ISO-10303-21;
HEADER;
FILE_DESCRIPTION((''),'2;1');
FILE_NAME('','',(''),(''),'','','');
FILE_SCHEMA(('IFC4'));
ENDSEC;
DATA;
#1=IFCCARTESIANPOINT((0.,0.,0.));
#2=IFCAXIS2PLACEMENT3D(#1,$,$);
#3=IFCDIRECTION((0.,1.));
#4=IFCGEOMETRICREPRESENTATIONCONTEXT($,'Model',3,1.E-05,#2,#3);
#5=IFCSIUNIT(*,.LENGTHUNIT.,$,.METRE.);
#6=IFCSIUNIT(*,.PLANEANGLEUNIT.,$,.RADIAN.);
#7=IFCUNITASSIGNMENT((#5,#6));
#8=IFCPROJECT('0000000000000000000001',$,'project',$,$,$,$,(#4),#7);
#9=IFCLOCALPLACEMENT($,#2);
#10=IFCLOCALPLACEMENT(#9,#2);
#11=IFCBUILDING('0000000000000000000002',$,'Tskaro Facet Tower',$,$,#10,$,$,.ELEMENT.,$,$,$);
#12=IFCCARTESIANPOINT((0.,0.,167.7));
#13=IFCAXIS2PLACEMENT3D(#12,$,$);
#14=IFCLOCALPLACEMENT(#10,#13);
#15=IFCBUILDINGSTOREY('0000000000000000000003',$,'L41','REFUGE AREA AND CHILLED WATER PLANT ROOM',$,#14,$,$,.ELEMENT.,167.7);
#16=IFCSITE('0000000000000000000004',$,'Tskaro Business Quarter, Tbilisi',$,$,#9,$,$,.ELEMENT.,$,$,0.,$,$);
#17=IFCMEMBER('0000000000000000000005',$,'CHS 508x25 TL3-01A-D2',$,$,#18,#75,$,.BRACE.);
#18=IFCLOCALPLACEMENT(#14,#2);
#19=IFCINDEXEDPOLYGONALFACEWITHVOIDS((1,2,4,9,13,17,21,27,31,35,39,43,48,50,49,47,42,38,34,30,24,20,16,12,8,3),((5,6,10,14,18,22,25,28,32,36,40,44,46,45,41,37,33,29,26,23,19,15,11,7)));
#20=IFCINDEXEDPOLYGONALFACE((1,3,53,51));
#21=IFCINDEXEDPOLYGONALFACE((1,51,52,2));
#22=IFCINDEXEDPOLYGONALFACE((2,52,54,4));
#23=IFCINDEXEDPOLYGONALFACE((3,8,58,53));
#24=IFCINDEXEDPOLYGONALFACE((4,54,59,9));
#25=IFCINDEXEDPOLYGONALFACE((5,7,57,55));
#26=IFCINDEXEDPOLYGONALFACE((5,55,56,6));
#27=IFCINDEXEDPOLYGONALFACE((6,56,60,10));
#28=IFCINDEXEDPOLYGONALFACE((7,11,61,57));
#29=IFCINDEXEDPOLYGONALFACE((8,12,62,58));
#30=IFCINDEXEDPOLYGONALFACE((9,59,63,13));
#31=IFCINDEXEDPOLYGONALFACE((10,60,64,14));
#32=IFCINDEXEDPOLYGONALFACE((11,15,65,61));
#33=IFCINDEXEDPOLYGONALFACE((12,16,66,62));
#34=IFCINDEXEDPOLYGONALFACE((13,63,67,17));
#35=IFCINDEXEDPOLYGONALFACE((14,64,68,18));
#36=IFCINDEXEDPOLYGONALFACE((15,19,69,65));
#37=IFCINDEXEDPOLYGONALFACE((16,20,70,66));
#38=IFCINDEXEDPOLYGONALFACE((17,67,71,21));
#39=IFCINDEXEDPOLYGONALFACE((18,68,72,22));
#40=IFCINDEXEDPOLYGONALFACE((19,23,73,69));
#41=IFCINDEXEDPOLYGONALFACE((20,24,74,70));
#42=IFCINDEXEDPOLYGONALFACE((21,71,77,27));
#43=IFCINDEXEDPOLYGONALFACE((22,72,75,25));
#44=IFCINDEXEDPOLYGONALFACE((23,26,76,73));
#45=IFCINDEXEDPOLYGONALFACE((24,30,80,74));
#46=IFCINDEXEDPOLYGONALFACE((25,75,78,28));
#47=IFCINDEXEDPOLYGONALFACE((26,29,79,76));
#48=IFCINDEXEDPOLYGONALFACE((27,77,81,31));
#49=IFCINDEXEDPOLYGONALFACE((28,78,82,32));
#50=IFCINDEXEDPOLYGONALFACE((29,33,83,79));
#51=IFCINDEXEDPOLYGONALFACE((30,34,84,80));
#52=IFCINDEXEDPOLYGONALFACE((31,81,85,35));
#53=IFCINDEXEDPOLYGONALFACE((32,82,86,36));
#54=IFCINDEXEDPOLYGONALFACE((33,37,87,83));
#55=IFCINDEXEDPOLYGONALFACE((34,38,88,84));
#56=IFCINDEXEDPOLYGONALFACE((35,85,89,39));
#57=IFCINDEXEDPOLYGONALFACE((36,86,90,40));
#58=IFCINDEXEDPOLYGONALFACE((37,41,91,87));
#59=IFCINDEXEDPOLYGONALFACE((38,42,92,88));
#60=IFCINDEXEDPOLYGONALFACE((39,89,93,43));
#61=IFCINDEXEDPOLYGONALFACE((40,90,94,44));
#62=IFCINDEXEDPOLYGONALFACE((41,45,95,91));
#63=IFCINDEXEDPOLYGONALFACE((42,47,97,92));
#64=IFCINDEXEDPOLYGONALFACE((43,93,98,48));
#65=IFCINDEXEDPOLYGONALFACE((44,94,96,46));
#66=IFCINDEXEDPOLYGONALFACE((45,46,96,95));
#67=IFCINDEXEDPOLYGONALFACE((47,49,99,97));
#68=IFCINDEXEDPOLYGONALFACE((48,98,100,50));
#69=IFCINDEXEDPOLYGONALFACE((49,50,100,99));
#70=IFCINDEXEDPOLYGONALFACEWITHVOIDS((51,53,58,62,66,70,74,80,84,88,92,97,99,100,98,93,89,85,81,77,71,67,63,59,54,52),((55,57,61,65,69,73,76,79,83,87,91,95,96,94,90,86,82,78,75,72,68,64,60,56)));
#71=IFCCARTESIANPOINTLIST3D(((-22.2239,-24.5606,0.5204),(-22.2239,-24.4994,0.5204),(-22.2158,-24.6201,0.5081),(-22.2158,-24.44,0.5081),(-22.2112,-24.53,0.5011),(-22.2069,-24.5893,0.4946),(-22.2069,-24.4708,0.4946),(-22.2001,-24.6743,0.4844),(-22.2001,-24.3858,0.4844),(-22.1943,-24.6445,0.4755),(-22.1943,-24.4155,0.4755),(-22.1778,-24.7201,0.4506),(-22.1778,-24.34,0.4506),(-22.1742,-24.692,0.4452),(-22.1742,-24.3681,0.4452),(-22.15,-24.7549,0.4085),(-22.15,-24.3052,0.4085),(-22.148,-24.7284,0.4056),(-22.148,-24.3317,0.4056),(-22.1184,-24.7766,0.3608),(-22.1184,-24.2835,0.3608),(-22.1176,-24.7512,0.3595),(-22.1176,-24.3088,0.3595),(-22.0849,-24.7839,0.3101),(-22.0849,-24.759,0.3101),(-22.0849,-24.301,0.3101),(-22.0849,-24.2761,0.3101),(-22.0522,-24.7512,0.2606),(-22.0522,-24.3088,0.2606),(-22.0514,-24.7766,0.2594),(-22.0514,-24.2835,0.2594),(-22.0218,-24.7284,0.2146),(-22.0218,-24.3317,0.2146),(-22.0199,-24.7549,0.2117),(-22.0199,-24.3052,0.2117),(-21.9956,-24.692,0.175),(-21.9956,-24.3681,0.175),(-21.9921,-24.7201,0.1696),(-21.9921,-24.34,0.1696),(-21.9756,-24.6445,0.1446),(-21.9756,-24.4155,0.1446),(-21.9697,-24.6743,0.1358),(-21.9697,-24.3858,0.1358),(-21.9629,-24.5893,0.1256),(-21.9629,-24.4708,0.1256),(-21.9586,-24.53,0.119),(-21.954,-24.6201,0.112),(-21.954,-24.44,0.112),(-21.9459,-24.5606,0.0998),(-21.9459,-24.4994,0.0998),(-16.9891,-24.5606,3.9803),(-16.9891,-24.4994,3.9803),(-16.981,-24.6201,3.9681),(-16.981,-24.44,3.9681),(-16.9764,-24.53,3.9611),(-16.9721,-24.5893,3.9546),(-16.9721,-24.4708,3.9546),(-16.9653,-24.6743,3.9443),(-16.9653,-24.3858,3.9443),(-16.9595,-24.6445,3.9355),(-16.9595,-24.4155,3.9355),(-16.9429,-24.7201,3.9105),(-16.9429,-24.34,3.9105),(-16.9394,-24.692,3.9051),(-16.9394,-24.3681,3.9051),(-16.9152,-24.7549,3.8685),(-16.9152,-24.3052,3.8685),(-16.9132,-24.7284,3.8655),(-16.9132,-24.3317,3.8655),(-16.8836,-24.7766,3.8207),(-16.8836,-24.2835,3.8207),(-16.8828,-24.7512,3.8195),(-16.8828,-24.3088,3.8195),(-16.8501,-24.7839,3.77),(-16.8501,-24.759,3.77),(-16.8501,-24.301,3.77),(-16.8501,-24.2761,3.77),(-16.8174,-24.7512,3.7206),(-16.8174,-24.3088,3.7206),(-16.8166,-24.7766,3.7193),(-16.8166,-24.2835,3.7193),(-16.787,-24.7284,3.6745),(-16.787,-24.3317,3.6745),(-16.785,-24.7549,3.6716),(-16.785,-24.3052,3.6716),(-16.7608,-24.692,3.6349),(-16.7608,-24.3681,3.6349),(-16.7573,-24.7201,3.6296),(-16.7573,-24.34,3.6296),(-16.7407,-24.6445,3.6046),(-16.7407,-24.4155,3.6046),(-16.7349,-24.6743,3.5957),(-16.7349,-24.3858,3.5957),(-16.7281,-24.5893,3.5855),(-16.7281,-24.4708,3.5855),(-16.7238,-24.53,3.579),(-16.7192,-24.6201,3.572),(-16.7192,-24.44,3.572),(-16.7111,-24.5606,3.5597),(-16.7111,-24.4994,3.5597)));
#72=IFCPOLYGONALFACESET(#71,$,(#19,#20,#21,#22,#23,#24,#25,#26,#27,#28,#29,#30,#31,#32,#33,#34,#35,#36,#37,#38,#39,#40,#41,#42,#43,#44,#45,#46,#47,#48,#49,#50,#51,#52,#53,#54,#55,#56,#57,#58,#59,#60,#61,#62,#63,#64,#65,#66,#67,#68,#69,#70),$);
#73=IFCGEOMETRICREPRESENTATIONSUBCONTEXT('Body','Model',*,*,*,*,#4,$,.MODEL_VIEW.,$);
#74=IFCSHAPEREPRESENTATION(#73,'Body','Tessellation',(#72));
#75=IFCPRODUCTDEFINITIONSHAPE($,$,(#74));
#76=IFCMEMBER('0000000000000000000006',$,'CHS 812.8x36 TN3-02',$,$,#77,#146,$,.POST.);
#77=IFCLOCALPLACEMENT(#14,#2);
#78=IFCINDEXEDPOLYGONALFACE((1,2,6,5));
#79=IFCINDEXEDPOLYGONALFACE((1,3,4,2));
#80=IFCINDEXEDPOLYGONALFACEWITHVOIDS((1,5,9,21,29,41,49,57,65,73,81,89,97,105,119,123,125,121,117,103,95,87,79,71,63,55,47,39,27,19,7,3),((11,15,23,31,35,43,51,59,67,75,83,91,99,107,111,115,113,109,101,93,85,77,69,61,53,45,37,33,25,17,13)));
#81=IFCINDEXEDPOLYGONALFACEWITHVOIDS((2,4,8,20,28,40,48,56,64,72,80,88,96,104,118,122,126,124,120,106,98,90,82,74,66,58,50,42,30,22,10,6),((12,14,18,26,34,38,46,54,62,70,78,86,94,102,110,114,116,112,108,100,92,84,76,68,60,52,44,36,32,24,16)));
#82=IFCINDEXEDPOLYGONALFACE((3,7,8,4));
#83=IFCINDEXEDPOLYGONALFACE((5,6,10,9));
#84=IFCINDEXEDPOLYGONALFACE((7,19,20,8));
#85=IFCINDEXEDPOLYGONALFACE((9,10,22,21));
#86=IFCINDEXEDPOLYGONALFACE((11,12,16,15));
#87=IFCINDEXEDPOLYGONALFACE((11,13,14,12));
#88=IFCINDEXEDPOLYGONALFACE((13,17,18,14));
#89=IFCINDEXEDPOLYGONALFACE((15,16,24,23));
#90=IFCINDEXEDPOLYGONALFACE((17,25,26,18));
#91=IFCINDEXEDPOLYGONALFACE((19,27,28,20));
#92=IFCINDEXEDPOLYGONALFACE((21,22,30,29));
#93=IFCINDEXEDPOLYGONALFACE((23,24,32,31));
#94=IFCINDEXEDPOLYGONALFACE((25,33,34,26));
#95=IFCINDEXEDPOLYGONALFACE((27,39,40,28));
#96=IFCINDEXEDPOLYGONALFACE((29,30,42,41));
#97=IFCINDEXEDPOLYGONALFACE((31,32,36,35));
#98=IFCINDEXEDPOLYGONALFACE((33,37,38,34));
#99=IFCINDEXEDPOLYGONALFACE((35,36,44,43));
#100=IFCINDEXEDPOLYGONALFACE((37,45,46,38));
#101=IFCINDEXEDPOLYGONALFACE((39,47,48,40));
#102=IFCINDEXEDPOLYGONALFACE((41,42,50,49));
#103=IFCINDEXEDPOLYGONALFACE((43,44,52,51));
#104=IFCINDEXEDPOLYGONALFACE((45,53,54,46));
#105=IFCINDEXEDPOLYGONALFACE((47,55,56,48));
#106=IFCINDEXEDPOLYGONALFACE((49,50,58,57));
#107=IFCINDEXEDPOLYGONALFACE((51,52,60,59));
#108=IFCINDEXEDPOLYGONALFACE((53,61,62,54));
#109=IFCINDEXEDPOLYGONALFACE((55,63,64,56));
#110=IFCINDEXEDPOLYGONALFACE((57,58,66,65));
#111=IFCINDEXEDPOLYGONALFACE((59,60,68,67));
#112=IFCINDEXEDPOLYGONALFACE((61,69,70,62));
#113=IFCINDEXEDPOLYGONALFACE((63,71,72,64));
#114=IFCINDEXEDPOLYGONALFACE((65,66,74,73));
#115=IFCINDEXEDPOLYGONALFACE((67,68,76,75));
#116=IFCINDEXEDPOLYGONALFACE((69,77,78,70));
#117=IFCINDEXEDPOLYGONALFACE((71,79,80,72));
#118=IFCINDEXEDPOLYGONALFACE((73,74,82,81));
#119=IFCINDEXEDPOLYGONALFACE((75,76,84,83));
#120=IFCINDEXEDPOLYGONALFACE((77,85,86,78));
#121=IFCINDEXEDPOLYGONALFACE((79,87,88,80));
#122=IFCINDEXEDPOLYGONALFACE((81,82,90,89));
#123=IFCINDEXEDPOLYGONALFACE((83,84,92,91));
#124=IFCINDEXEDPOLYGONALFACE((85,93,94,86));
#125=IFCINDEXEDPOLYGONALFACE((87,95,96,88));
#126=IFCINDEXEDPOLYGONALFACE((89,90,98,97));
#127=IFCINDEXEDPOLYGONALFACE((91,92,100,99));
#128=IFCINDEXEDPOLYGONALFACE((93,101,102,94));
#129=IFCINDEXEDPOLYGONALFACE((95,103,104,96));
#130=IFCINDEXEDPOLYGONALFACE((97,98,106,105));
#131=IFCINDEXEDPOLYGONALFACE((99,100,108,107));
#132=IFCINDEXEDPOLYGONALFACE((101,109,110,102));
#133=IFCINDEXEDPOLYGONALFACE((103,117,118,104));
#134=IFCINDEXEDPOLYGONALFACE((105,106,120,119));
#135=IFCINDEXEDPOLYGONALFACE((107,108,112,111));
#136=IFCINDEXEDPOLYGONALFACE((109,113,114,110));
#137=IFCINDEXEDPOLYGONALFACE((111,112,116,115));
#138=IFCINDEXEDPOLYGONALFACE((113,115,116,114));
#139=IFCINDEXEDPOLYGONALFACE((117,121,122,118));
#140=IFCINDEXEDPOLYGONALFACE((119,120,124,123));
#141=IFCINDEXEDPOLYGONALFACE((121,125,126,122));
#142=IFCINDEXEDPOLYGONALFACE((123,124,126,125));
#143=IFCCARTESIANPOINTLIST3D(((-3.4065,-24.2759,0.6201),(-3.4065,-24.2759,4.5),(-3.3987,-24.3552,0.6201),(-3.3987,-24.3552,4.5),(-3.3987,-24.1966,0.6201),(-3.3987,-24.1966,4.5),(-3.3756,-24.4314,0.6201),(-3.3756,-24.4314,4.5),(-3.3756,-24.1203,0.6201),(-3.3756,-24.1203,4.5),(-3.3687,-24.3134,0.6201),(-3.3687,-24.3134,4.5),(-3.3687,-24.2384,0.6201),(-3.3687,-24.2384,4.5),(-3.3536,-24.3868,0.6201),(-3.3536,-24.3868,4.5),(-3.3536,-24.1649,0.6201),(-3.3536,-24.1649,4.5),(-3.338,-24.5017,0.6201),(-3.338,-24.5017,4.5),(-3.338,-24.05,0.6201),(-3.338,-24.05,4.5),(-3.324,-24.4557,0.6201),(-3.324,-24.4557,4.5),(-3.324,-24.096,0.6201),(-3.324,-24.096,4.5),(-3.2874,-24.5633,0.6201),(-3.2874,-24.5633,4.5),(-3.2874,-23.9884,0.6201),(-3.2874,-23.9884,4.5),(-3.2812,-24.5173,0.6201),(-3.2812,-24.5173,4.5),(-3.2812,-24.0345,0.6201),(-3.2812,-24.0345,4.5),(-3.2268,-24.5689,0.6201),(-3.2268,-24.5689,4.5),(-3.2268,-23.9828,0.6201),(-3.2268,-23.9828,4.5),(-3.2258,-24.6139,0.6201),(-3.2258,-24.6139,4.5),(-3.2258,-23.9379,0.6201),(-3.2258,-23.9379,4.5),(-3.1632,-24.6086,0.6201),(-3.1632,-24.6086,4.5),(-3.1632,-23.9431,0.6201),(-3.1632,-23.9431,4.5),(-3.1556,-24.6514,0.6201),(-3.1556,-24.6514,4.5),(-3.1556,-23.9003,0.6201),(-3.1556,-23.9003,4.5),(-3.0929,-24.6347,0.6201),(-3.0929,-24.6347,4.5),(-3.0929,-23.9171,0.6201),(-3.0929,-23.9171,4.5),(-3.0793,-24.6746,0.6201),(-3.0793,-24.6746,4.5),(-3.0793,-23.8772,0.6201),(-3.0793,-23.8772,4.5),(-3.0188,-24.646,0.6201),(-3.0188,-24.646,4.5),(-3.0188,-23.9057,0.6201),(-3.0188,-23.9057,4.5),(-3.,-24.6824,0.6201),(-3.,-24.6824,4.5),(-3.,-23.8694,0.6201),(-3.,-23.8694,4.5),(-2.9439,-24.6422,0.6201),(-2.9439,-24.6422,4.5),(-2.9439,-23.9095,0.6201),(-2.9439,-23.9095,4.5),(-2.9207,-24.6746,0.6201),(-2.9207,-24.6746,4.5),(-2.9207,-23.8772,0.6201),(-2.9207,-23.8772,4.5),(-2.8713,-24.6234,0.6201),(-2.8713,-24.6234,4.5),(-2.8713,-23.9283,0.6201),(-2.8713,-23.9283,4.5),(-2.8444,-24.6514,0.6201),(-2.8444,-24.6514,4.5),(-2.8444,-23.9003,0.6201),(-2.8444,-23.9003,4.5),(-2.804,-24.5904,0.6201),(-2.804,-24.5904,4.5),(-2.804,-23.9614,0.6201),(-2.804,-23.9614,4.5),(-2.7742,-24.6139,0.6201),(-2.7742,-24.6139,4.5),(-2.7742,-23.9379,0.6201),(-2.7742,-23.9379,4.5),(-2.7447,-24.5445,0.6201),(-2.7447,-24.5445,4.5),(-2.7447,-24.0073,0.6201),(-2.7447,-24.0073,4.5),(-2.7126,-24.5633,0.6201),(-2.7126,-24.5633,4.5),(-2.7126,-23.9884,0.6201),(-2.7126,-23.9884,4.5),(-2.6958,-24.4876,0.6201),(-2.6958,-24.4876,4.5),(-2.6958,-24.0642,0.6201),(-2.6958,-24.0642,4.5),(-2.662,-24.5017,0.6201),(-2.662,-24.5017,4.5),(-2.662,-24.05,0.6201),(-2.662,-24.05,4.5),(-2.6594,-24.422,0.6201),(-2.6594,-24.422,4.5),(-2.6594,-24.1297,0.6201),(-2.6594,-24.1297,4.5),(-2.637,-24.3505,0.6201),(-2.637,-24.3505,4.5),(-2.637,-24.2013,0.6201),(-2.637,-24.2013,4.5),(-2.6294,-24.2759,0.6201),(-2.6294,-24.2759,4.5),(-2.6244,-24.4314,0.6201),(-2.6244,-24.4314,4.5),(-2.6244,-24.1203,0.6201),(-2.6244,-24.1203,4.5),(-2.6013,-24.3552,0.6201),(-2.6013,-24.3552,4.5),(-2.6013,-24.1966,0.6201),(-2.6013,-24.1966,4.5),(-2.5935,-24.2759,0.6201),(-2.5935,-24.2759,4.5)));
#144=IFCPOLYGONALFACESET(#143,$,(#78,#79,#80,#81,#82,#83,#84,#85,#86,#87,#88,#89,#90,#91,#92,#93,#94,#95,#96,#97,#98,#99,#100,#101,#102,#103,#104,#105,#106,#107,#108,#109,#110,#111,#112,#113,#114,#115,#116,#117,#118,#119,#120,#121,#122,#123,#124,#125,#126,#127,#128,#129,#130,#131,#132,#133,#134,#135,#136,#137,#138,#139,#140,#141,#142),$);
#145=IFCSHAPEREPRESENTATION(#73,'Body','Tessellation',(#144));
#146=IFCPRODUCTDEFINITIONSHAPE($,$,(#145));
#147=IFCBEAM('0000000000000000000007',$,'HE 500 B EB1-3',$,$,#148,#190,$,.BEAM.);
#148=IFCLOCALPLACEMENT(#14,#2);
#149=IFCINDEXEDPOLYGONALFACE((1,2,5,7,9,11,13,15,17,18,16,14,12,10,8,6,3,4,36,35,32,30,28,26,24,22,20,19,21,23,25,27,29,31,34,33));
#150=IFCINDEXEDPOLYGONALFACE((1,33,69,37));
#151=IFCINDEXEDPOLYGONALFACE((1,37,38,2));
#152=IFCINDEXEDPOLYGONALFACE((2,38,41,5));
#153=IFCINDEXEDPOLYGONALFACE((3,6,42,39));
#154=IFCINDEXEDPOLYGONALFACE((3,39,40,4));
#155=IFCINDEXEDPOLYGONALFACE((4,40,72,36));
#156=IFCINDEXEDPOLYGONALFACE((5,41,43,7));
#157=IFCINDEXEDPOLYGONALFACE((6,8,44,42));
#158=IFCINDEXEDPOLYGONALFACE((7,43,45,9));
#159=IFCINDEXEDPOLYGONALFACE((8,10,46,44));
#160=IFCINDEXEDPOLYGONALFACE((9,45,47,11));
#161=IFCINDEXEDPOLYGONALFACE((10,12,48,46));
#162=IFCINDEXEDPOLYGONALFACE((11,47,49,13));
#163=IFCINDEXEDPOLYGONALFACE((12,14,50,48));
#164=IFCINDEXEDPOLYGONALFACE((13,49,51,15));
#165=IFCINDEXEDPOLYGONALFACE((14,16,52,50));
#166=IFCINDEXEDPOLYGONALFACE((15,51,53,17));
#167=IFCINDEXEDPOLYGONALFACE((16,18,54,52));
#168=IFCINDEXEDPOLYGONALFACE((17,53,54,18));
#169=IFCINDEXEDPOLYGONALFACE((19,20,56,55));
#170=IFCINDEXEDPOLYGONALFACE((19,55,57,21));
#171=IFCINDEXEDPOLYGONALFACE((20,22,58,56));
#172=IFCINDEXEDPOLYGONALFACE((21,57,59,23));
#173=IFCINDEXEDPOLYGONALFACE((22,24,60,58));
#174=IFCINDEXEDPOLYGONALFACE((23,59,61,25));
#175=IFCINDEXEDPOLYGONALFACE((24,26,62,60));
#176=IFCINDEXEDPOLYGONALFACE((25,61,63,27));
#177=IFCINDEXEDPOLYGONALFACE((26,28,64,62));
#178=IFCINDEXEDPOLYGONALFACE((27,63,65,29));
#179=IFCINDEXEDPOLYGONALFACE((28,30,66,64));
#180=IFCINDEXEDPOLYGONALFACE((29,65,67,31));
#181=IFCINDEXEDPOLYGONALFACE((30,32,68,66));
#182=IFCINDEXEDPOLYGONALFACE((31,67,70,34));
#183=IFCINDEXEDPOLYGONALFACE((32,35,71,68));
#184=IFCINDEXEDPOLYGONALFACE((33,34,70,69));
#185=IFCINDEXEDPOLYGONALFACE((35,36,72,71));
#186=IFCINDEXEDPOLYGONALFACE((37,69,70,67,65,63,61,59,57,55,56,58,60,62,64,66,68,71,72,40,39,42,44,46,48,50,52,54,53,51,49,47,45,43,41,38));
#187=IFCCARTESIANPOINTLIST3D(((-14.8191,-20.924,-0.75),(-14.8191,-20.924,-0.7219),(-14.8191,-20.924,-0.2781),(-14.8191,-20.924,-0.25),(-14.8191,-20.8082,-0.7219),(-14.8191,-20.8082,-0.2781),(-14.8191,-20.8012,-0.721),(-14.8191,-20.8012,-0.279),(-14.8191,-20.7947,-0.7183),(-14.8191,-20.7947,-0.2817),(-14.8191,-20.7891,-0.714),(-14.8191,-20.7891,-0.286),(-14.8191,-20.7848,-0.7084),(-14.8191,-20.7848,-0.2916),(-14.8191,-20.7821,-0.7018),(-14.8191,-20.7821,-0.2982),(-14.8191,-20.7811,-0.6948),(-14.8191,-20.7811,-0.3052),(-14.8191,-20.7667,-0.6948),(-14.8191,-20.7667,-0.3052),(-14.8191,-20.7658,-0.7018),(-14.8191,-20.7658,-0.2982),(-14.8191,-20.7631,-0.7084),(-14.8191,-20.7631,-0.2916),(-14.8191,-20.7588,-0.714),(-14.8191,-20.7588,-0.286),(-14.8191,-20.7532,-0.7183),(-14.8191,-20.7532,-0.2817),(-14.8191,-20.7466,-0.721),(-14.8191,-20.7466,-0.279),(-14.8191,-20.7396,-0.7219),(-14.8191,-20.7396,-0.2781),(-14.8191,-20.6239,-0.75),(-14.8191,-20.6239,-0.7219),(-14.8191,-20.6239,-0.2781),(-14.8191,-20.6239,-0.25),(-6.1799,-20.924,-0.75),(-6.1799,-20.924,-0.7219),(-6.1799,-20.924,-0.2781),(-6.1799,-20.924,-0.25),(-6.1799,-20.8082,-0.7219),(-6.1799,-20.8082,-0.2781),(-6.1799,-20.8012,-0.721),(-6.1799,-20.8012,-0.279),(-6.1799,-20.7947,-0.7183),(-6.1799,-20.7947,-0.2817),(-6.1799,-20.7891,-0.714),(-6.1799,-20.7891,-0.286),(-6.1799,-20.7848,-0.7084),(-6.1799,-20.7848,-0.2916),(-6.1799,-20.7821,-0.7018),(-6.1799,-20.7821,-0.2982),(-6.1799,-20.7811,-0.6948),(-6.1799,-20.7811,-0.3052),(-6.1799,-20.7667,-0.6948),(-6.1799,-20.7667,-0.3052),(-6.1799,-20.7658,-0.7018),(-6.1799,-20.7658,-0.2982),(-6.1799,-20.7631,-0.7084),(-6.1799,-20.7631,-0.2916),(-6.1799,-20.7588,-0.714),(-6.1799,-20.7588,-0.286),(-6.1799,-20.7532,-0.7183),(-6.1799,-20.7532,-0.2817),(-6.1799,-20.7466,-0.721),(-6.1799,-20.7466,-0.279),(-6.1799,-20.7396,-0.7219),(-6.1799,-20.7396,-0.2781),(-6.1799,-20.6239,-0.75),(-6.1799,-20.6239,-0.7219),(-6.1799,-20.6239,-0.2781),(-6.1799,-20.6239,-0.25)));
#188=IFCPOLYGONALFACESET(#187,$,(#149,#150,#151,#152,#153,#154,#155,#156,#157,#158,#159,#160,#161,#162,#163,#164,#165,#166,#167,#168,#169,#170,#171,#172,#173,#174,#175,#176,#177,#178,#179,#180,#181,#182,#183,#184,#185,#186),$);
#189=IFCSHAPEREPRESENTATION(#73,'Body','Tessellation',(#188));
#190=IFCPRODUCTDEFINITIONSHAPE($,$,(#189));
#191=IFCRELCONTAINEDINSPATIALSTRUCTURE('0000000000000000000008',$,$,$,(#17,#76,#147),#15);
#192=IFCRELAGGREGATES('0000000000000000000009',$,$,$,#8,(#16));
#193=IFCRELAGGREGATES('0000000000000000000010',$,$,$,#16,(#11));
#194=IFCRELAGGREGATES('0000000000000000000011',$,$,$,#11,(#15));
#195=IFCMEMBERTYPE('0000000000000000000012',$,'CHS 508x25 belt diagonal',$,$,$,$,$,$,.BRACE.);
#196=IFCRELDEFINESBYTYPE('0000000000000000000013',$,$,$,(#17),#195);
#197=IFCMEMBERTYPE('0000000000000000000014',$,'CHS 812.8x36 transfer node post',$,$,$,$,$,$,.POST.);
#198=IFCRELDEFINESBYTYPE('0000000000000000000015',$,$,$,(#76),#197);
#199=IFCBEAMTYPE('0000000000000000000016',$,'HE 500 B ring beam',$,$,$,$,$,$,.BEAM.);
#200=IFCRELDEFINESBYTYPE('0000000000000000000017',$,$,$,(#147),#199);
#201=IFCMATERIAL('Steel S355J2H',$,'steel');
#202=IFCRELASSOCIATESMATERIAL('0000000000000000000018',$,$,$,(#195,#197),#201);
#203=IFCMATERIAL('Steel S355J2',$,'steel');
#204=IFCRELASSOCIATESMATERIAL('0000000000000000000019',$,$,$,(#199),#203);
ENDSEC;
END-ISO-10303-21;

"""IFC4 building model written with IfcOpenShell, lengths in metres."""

from ifc_helpers import new_model, si_unit, direction, frame, origin, origin_2d, place, context, subcontext, project, spatial, hollow_circle, i_section, extrude, material, material_profile, profile_set, type_object, element, save


model = new_model("IFC4")

# Units and contexts
model_context = context("Model", 3, precision=1e-05, world=origin(), true_north=direction((0.0, 1.0)))
body_context = subcontext(model_context, "Body", "Model", "MODEL_VIEW")
ifc_project = project(units=[si_unit("LENGTHUNIT", "METRE"), si_unit("PLANEANGLEUNIT", "RADIAN")], contexts=[model_context])

# Site, building, storey
site_placement = place(None, origin())
site = spatial("IfcSite", under=ifc_project, at=site_placement, Name="Tskaro Business Quarter, Tbilisi", CompositionType="ELEMENT", RefElevation=0.0)
building_placement = place(site_placement, origin())
building = spatial("IfcBuilding", under=site, at=building_placement, Name="Tskaro Facet Tower", CompositionType="ELEMENT")
storey_placement = place(building_placement, frame((0.0, 0.0, 167.7)))
storey = spatial("IfcBuildingStorey", under=building, at=storey_placement, Name="L41", Description="REFUGE AREA AND CHILLED WATER PLANT ROOM", CompositionType="ELEMENT", Elevation=167.7)

# Shared definitions
ifc_material_1 = material(Name="Steel S355J2H", Category="steel")

# Shared definitions
ifc_material_2 = material(Name="Steel S355J2", Category="steel")

# Members
ifc_material_profile_1 = material_profile(ifc_material_1, hollow_circle(Radius=0.2539, WallThickness=0.0249, at=origin_2d()), Name="CHS 508x25")
ifc_profile_set_1 = profile_set([ifc_material_profile_1], Name="Steel S355J2H")
member_type_1 = type_object("IfcMemberType", Name="CHS 508x25 belt diagonal", PredefinedType="BRACE", material=ifc_profile_set_1)
for number, where, z_axis, x_axis, name in (
    (1, (-16.8501, -24.53, 3.77), (-0.834246, 0.0, -0.551392), (0.0, -1.0, 0.0), "CHS 508x25 TL3-01A-D2"),
):
    element("IfcMember", number, at=place(storey_placement, frame(where, z_axis=z_axis, x_axis=x_axis)), inside=storey, type_object=member_type_1, Name=name, PredefinedType="BRACE", context=body_context, shape_type="SweptSolid", body=[
        extrude(hollow_circle(Radius=0.2539, WallThickness=0.0249, at=origin_2d()), origin(), (0.0, 0.0, 1.0), 6.2749),
    ])
ifc_material_profile_2 = material_profile(ifc_material_1, hollow_circle(Radius=0.4065, WallThickness=0.0359, at=origin_2d()), Name="CHS 812.8x36")
ifc_profile_set_2 = profile_set([ifc_material_profile_2], Name="Steel S355J2H")
member_type_2 = type_object("IfcMemberType", Name="CHS 812.8x36 transfer node post", PredefinedType="POST", material=ifc_profile_set_2)
member_1_placement = place(storey_placement, frame((-3.0, -24.2759, 0.6201), z_axis=(0.0, 0.0, 1.0), x_axis=(1.0, 0.0, 0.0)))
element("IfcMember", 2, at=member_1_placement, inside=storey, type_object=member_type_2, Name="CHS 812.8x36 TN3-02", PredefinedType="POST", context=body_context, shape_type="SweptSolid", body=[
    extrude(hollow_circle(Radius=0.4065, WallThickness=0.0359, at=origin_2d()), origin(), (0.0, 0.0, 1.0), 3.8799),
])

# Beam
ifc_material_profile_3 = material_profile(ifc_material_2, i_section(OverallWidth=0.3, OverallDepth=0.5, WebThickness=0.0144, FlangeThickness=0.0281, FilletRadius=0.0271, at=origin_2d()), Name="HE 500 B")
ifc_profile_set_3 = profile_set([ifc_material_profile_3], Name="Steel S355J2")
beam_type_1 = type_object("IfcBeamType", Name="HE 500 B ring beam", PredefinedType="BEAM", material=ifc_profile_set_3)
beam_1_placement = place(storey_placement, frame((-14.8191, -20.7739, -0.5), z_axis=(1.0, 0.0, 0.0), x_axis=(0.0, 1.0, 0.0)))
element("IfcBeam", 3, at=beam_1_placement, inside=storey, type_object=beam_type_1, Name="HE 500 B EB1-3", PredefinedType="BEAM", context=body_context, shape_type="SweptSolid", body=[
    extrude(i_section(OverallWidth=0.3, OverallDepth=0.5, WebThickness=0.0144, FlangeThickness=0.0281, FilletRadius=0.0271, at=origin_2d()), origin(), (0.0, 0.0, 1.0), 8.6392),
])

save(model, "model.ifc")
